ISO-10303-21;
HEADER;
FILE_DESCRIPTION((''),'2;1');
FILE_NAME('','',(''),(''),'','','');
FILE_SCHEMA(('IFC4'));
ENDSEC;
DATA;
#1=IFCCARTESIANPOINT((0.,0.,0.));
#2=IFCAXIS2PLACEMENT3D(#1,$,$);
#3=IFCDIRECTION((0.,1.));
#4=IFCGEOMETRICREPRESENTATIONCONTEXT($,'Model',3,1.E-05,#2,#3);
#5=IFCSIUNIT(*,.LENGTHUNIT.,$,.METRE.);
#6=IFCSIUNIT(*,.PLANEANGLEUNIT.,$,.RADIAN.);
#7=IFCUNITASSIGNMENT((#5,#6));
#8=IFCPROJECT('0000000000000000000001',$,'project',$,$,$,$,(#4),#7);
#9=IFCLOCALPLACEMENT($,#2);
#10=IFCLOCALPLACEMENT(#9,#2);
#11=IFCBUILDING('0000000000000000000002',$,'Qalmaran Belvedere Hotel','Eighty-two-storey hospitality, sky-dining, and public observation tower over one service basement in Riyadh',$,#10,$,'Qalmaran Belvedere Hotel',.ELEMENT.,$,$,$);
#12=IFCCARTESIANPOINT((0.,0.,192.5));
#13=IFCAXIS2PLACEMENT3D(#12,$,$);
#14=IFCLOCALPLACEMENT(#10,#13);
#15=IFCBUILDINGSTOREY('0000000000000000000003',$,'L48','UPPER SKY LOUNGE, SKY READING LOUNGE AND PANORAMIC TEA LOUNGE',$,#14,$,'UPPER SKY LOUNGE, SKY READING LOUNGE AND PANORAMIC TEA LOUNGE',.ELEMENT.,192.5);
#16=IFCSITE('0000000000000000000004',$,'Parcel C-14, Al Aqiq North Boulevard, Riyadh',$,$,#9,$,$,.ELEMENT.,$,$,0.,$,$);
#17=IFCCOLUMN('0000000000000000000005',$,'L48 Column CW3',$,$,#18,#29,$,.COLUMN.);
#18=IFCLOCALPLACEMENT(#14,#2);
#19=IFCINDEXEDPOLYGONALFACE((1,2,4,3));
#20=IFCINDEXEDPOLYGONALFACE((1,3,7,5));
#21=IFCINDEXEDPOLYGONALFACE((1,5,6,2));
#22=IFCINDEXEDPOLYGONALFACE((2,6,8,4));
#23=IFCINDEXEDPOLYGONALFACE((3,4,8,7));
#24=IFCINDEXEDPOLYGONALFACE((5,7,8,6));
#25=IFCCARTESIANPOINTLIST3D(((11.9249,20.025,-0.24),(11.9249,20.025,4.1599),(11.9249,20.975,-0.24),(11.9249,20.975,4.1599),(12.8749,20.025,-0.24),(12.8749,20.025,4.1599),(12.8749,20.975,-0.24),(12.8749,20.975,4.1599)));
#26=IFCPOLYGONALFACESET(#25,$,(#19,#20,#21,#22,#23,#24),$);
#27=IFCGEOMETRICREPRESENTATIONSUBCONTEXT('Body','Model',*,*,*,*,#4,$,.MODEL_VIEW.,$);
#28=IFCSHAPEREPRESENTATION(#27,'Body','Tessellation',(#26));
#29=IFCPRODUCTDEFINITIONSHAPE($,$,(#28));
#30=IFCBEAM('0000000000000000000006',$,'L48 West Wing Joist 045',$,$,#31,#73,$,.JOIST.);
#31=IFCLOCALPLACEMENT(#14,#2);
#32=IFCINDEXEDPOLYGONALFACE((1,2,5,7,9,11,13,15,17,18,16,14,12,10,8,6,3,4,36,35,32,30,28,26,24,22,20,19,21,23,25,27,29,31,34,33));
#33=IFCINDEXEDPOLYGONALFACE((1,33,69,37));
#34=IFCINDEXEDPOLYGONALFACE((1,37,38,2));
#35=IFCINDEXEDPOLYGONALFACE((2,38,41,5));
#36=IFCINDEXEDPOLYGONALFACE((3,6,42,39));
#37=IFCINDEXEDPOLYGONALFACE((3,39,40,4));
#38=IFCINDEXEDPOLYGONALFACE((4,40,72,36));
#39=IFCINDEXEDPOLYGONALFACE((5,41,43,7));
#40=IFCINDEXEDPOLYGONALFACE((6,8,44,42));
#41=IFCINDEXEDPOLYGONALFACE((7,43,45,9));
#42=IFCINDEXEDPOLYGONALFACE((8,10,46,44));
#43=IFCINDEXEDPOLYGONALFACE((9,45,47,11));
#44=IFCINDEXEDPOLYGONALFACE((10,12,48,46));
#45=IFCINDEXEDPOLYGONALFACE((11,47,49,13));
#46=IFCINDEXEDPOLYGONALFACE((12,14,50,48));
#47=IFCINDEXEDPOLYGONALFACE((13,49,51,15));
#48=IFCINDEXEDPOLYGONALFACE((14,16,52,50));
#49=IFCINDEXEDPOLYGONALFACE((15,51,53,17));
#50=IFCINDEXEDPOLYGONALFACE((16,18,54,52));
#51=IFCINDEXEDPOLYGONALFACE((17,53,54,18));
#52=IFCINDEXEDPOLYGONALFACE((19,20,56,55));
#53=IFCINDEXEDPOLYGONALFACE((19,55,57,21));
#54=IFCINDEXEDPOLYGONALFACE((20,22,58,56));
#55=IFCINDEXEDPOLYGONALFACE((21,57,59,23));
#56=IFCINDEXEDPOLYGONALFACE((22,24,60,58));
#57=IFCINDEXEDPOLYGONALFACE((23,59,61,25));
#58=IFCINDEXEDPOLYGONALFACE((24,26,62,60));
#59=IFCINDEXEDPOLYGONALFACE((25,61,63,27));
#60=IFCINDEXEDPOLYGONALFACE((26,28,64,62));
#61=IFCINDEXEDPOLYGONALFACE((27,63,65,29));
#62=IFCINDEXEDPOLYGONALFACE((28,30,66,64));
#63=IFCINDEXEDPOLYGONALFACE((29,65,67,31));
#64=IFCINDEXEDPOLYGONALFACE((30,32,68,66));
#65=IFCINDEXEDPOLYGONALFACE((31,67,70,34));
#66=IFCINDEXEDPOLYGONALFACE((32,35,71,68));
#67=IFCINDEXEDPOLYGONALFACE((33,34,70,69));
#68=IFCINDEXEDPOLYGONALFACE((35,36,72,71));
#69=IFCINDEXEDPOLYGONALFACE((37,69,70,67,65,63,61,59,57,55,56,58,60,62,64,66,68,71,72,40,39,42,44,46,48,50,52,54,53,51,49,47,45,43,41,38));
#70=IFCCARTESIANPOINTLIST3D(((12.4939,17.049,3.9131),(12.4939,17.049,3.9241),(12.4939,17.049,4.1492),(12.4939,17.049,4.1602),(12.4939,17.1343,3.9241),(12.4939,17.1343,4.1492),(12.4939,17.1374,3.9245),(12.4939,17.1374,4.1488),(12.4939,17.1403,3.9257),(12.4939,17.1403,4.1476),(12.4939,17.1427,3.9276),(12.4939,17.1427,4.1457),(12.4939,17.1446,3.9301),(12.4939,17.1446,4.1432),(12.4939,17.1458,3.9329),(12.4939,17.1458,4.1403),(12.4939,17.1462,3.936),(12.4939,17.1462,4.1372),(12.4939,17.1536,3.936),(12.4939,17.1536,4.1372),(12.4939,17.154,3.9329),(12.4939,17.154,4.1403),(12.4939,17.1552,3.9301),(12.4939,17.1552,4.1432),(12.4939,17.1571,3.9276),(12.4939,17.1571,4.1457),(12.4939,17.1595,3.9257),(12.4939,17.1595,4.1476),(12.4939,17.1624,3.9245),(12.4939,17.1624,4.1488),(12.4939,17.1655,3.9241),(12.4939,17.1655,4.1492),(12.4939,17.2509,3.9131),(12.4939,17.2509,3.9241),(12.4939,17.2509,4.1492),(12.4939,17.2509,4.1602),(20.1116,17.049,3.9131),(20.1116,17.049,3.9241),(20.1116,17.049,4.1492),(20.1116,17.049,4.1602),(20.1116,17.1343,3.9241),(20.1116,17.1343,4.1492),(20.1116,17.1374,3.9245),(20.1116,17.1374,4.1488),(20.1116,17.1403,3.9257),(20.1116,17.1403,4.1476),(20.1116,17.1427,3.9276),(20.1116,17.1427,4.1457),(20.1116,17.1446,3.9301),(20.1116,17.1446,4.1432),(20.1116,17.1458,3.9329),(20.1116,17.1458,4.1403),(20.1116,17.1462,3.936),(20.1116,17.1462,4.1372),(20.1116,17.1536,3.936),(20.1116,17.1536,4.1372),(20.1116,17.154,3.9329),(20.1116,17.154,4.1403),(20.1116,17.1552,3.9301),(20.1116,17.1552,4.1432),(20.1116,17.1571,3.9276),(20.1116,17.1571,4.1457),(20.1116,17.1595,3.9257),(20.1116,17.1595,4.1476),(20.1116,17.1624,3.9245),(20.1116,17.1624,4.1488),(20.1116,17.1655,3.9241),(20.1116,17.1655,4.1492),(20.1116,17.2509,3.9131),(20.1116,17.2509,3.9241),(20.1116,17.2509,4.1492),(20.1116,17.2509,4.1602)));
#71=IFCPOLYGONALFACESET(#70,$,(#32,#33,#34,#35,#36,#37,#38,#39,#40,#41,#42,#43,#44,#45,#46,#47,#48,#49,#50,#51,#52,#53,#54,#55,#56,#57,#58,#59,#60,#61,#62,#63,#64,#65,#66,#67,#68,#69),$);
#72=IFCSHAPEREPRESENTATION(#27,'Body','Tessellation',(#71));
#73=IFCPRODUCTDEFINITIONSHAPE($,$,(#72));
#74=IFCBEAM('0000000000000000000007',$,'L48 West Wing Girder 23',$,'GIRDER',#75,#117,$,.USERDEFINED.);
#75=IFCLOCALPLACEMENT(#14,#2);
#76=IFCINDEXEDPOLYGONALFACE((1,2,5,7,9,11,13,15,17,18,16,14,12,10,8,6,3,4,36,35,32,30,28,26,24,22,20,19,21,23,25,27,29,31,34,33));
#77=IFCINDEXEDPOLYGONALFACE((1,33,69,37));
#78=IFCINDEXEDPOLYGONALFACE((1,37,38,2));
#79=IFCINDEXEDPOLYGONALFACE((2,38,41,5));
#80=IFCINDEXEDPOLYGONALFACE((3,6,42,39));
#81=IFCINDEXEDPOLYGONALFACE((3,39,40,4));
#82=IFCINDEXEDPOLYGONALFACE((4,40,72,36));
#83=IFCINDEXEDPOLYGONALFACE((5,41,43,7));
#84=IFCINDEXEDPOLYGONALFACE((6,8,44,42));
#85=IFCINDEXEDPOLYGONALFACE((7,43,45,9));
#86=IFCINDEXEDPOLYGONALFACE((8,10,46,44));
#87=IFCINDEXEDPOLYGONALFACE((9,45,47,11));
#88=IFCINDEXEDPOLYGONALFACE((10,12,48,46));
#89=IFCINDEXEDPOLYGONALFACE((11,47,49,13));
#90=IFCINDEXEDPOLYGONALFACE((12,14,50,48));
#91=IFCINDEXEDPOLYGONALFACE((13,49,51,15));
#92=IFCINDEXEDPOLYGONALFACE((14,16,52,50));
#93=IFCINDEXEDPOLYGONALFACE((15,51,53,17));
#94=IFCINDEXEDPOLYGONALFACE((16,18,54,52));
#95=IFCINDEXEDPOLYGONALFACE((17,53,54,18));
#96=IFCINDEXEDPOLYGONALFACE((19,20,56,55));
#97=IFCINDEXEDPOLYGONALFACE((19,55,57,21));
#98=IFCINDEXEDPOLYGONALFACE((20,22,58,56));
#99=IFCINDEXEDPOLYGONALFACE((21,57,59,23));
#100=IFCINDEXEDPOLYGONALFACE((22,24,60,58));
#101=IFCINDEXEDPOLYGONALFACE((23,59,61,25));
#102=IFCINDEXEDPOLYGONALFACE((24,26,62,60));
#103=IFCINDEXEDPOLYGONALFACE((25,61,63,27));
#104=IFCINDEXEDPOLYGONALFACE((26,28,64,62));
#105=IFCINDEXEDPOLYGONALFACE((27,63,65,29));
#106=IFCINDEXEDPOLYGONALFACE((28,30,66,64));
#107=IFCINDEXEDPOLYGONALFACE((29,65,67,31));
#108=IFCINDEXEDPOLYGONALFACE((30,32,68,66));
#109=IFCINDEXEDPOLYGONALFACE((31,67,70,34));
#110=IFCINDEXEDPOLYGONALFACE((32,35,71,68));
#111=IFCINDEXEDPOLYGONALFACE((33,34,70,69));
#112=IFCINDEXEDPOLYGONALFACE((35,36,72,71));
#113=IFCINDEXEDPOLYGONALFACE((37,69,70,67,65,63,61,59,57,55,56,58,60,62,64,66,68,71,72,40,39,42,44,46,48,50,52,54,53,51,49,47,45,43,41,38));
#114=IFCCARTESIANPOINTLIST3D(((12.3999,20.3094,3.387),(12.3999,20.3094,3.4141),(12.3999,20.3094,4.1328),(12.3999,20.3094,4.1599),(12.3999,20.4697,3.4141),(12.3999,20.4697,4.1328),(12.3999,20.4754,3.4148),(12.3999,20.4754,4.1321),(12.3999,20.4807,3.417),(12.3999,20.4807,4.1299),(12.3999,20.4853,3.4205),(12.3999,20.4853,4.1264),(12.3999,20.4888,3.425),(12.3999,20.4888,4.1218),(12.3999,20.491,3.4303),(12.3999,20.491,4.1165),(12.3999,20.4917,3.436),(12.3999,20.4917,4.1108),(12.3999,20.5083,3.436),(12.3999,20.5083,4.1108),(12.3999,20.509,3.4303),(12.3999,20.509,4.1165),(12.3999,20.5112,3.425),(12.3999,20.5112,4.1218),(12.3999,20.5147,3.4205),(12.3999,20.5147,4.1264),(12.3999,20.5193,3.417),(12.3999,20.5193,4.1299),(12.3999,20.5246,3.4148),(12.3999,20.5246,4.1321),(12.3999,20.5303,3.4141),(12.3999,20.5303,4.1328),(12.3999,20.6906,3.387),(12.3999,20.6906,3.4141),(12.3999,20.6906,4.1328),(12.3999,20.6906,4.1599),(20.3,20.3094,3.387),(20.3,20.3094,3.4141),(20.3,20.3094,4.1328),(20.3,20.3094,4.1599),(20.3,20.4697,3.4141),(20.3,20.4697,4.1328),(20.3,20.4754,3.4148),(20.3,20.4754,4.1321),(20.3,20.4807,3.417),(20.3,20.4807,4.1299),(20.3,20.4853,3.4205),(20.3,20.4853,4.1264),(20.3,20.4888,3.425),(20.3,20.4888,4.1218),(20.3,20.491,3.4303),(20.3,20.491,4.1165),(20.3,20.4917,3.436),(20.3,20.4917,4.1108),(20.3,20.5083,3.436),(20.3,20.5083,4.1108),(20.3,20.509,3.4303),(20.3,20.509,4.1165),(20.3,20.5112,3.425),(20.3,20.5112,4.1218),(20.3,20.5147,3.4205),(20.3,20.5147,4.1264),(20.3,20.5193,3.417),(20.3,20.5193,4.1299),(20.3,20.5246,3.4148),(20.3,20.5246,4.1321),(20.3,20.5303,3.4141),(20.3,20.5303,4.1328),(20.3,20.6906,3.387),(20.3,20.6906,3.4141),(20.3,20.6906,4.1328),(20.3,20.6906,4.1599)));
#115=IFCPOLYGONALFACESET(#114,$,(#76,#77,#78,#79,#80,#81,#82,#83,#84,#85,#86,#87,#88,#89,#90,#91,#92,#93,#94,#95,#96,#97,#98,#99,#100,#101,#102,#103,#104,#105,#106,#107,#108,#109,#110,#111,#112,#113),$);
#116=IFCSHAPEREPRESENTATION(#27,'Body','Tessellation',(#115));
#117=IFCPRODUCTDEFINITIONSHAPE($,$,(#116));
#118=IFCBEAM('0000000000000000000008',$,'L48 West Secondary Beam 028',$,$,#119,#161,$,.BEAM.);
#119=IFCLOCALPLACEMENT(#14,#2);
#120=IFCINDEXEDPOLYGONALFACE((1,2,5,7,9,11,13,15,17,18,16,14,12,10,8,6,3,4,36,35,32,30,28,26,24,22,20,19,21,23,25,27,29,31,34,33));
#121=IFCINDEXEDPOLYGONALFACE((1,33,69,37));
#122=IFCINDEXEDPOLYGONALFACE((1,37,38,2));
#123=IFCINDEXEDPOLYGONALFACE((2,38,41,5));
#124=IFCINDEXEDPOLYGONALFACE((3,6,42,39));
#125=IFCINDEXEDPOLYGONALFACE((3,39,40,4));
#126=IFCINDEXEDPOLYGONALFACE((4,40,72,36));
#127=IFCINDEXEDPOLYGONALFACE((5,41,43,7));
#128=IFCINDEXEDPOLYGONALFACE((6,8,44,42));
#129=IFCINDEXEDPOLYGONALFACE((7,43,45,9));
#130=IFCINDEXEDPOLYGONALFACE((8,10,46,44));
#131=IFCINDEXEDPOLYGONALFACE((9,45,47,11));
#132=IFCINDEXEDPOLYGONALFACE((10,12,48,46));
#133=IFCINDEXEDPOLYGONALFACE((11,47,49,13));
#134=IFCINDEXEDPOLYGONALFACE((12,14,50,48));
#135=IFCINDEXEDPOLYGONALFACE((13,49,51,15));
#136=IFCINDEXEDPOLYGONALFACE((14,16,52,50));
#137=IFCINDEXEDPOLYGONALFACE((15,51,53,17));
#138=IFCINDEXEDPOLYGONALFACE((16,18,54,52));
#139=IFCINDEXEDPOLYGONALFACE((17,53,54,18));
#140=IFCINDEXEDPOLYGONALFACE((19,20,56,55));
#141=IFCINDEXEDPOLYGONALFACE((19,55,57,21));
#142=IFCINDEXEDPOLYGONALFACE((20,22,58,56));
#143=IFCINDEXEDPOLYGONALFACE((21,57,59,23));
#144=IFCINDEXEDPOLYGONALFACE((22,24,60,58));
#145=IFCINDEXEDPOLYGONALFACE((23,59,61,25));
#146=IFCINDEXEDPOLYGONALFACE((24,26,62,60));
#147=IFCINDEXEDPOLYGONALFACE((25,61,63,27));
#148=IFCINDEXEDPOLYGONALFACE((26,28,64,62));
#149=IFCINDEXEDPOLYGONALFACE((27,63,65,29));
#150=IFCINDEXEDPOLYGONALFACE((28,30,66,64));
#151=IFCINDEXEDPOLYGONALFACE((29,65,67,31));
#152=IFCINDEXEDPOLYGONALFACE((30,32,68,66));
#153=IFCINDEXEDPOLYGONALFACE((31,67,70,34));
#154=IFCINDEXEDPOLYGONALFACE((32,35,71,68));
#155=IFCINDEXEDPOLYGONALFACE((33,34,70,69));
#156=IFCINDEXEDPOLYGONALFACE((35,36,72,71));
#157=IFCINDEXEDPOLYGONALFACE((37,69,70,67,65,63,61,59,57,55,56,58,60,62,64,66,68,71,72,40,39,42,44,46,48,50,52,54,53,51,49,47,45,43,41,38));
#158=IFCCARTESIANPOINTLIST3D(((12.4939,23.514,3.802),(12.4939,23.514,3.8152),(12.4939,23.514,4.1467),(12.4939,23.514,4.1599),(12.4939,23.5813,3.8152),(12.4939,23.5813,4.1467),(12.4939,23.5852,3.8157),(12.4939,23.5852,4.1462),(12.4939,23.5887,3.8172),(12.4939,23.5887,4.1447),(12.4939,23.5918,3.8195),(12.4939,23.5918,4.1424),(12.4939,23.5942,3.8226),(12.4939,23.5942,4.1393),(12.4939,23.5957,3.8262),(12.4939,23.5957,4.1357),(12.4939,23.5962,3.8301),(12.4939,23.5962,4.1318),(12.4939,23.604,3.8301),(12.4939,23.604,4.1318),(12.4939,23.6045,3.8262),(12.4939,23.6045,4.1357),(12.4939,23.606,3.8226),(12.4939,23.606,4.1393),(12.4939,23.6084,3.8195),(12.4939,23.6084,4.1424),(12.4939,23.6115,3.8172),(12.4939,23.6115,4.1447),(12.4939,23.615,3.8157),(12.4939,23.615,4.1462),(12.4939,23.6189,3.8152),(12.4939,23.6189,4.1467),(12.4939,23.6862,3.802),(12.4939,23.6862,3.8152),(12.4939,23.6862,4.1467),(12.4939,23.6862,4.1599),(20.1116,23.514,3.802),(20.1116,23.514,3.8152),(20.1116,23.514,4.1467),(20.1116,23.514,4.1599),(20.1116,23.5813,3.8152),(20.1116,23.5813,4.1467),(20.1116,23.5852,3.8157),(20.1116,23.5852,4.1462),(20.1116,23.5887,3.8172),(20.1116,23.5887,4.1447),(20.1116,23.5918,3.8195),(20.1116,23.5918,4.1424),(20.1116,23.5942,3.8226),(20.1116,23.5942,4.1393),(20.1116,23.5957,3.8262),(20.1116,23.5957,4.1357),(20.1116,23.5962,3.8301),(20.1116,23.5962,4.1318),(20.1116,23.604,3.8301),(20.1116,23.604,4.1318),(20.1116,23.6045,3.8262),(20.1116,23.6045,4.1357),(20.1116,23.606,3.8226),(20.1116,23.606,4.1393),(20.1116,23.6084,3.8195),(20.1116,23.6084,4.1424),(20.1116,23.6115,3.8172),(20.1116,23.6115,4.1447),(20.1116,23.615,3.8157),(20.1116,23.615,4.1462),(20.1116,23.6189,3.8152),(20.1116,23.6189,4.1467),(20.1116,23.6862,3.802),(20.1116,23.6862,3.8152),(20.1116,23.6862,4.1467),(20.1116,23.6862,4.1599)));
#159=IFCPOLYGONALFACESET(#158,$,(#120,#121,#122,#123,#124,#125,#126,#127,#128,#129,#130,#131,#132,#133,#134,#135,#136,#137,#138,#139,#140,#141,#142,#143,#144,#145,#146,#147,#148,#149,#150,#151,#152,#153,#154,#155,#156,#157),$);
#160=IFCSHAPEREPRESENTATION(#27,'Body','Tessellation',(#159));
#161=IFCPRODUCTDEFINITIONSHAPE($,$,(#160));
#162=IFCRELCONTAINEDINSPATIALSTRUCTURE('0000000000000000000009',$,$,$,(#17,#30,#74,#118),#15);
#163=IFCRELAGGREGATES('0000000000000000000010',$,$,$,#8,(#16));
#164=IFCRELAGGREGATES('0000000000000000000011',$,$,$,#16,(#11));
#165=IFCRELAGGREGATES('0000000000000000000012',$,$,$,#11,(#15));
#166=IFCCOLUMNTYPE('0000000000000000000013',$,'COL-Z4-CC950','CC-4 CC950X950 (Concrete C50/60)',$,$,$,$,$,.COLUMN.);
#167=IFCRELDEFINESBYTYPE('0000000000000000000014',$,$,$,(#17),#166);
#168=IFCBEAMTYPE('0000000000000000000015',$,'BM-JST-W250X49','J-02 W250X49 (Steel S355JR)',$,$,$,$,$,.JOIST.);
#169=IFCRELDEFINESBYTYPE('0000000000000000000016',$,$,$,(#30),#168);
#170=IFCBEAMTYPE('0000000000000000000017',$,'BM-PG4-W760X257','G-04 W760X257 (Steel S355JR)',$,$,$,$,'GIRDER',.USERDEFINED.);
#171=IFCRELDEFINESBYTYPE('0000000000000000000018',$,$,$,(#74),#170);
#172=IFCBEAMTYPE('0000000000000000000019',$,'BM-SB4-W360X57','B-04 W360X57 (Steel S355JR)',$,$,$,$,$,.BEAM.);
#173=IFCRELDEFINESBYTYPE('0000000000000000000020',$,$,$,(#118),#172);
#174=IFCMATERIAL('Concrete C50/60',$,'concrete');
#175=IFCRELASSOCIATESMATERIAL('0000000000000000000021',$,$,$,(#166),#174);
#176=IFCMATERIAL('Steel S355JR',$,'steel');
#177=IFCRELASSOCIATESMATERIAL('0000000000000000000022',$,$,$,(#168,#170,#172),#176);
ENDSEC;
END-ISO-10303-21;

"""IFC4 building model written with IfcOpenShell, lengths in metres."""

from ifc_helpers import new_model, si_unit, direction, frame, origin, origin_2d, place, context, subcontext, project, spatial, rectangle, i_section, extrude, material, material_profile, profile_set, type_object, element, save


model = new_model("IFC4")

# Units and contexts
model_context = context("Model", 3, precision=1e-05, world=origin(), true_north=direction((0.0, 1.0)))
body_context = subcontext(model_context, "Body", "Model", "MODEL_VIEW")
ifc_project = project(units=[si_unit("LENGTHUNIT", "METRE"), si_unit("PLANEANGLEUNIT", "RADIAN")], contexts=[model_context])

# Site, building, storey
site_placement = place(None, origin())
site = spatial("IfcSite", under=ifc_project, at=site_placement, Name="Parcel C-14, Al Aqiq North Boulevard, Riyadh", CompositionType="ELEMENT", RefElevation=0.0)
building_placement = place(site_placement, origin())
building = spatial("IfcBuilding", under=site, at=building_placement, Name="Qalmaran Belvedere Hotel", Description="Eighty-two-storey hospitality, sky-dining, and public observation tower over one service basement in Riyadh", LongName="Qalmaran Belvedere Hotel", CompositionType="ELEMENT")
storey_placement = place(building_placement, frame((0.0, 0.0, 192.5)))
storey = spatial("IfcBuildingStorey", under=building, at=storey_placement, Name="L48", Description="UPPER SKY LOUNGE, SKY READING LOUNGE AND PANORAMIC TEA LOUNGE", LongName="UPPER SKY LOUNGE, SKY READING LOUNGE AND PANORAMIC TEA LOUNGE", CompositionType="ELEMENT", Elevation=192.5)

# Column
ifc_material_1 = material(Name="Concrete C50/60", Category="concrete")
ifc_material_profile_1 = material_profile(ifc_material_1, rectangle(XDim=0.95, YDim=0.95, at=origin_2d()), Name="CC950X950")
ifc_profile_set_1 = profile_set([ifc_material_profile_1], Name="Concrete C50/60")
column_type = type_object("IfcColumnType", Name="COL-Z4-CC950", Description="CC-4 CC950X950 (Concrete C50/60)", PredefinedType="COLUMN", material=ifc_profile_set_1)
column_placement = place(storey_placement, frame((12.3999, 20.5, -0.24), z_axis=(0.0, 0.0, 1.0), x_axis=(1.0, 0.0, 0.0)))
element("IfcColumn", 1, at=column_placement, inside=storey, type_object=column_type, Name="L48 Column CW3", PredefinedType="COLUMN", context=body_context, shape_type="SweptSolid", body=[
    extrude(rectangle(XDim=0.95, YDim=0.95, at=origin_2d()), origin(), (0.0, 0.0, 1.0), 4.3999),
])

# Beams
ifc_material_2 = material(Name="Steel S355JR", Category="steel")
ifc_material_profile_2 = material_profile(ifc_material_2, i_section(OverallWidth=0.2019, OverallDepth=0.2471, WebThickness=0.0073, FlangeThickness=0.011, FilletRadius=0.012, at=origin_2d()), Name="W250X49")
ifc_profile_set_2 = profile_set([ifc_material_profile_2], Name="Steel S355JR")
beam_type_1 = type_object("IfcBeamType", Name="BM-JST-W250X49", Description="J-02 W250X49 (Steel S355JR)", PredefinedType="JOIST", material=ifc_profile_set_2)
beam_1_placement = place(storey_placement, frame((12.4939, 17.1499, 4.0366), z_axis=(1.0, 0.0, 0.0), x_axis=(0.0, 1.0, 0.0)))
element("IfcBeam", 2, at=beam_1_placement, inside=storey, type_object=beam_type_1, Name="L48 West Wing Joist 045", PredefinedType="JOIST", context=body_context, shape_type="SweptSolid", body=[
    extrude(i_section(OverallWidth=0.2019, OverallDepth=0.2471, WebThickness=0.0073, FlangeThickness=0.011, FilletRadius=0.012, at=origin_2d()), origin(), (0.0, 0.0, 1.0), 7.6177),
])
ifc_material_profile_3 = material_profile(ifc_material_2, i_section(OverallWidth=0.3811, OverallDepth=0.7729, WebThickness=0.0166, FlangeThickness=0.0271, FilletRadius=0.022, at=origin_2d()), Name="W760X257")
ifc_profile_set_3 = profile_set([ifc_material_profile_3], Name="Steel S355JR")
beam_type_2 = type_object("IfcBeamType", Name="BM-PG4-W760X257", Description="G-04 W760X257 (Steel S355JR)", ElementType="GIRDER", PredefinedType="USERDEFINED", material=ifc_profile_set_3)
beam_2_placement = place(storey_placement, frame((12.3999, 20.5, 3.7734), z_axis=(1.0, 0.0, 0.0), x_axis=(0.0, 1.0, 0.0)))
element("IfcBeam", 3, at=beam_2_placement, inside=storey, type_object=beam_type_2, Name="L48 West Wing Girder 23", ObjectType="GIRDER", PredefinedType="USERDEFINED", context=body_context, shape_type="SweptSolid", body=[
    extrude(i_section(OverallWidth=0.3811, OverallDepth=0.7729, WebThickness=0.0166, FlangeThickness=0.0271, FilletRadius=0.022, at=origin_2d()), origin(), (0.0, 0.0, 1.0), 7.9001),
])
ifc_material_profile_4 = material_profile(ifc_material_2, i_section(OverallWidth=0.1721, OverallDepth=0.3579, WebThickness=0.0078, FlangeThickness=0.0132, FilletRadius=0.0149, at=origin_2d()), Name="W360X57")
ifc_profile_set_4 = profile_set([ifc_material_profile_4], Name="Steel S355JR")
beam_type_3 = type_object("IfcBeamType", Name="BM-SB4-W360X57", Description="B-04 W360X57 (Steel S355JR)", PredefinedType="BEAM", material=ifc_profile_set_4)
for number, where, z_axis, x_axis, name in (
    (4, (12.4939, 23.6001, 3.981), (1.0, 0.0, 0.0), (0.0, 1.0, 0.0), "L48 West Secondary Beam 028"),
):
    element("IfcBeam", number, at=place(storey_placement, frame(where, z_axis=z_axis, x_axis=x_axis)), inside=storey, type_object=beam_type_3, Name=name, PredefinedType="BEAM", context=body_context, shape_type="SweptSolid", body=[
        extrude(i_section(OverallWidth=0.1721, OverallDepth=0.3579, WebThickness=0.0078, FlangeThickness=0.0132, FilletRadius=0.0149, at=origin_2d()), origin(), (0.0, 0.0, 1.0), 7.6177),
    ])

save(model, "model.ifc")
